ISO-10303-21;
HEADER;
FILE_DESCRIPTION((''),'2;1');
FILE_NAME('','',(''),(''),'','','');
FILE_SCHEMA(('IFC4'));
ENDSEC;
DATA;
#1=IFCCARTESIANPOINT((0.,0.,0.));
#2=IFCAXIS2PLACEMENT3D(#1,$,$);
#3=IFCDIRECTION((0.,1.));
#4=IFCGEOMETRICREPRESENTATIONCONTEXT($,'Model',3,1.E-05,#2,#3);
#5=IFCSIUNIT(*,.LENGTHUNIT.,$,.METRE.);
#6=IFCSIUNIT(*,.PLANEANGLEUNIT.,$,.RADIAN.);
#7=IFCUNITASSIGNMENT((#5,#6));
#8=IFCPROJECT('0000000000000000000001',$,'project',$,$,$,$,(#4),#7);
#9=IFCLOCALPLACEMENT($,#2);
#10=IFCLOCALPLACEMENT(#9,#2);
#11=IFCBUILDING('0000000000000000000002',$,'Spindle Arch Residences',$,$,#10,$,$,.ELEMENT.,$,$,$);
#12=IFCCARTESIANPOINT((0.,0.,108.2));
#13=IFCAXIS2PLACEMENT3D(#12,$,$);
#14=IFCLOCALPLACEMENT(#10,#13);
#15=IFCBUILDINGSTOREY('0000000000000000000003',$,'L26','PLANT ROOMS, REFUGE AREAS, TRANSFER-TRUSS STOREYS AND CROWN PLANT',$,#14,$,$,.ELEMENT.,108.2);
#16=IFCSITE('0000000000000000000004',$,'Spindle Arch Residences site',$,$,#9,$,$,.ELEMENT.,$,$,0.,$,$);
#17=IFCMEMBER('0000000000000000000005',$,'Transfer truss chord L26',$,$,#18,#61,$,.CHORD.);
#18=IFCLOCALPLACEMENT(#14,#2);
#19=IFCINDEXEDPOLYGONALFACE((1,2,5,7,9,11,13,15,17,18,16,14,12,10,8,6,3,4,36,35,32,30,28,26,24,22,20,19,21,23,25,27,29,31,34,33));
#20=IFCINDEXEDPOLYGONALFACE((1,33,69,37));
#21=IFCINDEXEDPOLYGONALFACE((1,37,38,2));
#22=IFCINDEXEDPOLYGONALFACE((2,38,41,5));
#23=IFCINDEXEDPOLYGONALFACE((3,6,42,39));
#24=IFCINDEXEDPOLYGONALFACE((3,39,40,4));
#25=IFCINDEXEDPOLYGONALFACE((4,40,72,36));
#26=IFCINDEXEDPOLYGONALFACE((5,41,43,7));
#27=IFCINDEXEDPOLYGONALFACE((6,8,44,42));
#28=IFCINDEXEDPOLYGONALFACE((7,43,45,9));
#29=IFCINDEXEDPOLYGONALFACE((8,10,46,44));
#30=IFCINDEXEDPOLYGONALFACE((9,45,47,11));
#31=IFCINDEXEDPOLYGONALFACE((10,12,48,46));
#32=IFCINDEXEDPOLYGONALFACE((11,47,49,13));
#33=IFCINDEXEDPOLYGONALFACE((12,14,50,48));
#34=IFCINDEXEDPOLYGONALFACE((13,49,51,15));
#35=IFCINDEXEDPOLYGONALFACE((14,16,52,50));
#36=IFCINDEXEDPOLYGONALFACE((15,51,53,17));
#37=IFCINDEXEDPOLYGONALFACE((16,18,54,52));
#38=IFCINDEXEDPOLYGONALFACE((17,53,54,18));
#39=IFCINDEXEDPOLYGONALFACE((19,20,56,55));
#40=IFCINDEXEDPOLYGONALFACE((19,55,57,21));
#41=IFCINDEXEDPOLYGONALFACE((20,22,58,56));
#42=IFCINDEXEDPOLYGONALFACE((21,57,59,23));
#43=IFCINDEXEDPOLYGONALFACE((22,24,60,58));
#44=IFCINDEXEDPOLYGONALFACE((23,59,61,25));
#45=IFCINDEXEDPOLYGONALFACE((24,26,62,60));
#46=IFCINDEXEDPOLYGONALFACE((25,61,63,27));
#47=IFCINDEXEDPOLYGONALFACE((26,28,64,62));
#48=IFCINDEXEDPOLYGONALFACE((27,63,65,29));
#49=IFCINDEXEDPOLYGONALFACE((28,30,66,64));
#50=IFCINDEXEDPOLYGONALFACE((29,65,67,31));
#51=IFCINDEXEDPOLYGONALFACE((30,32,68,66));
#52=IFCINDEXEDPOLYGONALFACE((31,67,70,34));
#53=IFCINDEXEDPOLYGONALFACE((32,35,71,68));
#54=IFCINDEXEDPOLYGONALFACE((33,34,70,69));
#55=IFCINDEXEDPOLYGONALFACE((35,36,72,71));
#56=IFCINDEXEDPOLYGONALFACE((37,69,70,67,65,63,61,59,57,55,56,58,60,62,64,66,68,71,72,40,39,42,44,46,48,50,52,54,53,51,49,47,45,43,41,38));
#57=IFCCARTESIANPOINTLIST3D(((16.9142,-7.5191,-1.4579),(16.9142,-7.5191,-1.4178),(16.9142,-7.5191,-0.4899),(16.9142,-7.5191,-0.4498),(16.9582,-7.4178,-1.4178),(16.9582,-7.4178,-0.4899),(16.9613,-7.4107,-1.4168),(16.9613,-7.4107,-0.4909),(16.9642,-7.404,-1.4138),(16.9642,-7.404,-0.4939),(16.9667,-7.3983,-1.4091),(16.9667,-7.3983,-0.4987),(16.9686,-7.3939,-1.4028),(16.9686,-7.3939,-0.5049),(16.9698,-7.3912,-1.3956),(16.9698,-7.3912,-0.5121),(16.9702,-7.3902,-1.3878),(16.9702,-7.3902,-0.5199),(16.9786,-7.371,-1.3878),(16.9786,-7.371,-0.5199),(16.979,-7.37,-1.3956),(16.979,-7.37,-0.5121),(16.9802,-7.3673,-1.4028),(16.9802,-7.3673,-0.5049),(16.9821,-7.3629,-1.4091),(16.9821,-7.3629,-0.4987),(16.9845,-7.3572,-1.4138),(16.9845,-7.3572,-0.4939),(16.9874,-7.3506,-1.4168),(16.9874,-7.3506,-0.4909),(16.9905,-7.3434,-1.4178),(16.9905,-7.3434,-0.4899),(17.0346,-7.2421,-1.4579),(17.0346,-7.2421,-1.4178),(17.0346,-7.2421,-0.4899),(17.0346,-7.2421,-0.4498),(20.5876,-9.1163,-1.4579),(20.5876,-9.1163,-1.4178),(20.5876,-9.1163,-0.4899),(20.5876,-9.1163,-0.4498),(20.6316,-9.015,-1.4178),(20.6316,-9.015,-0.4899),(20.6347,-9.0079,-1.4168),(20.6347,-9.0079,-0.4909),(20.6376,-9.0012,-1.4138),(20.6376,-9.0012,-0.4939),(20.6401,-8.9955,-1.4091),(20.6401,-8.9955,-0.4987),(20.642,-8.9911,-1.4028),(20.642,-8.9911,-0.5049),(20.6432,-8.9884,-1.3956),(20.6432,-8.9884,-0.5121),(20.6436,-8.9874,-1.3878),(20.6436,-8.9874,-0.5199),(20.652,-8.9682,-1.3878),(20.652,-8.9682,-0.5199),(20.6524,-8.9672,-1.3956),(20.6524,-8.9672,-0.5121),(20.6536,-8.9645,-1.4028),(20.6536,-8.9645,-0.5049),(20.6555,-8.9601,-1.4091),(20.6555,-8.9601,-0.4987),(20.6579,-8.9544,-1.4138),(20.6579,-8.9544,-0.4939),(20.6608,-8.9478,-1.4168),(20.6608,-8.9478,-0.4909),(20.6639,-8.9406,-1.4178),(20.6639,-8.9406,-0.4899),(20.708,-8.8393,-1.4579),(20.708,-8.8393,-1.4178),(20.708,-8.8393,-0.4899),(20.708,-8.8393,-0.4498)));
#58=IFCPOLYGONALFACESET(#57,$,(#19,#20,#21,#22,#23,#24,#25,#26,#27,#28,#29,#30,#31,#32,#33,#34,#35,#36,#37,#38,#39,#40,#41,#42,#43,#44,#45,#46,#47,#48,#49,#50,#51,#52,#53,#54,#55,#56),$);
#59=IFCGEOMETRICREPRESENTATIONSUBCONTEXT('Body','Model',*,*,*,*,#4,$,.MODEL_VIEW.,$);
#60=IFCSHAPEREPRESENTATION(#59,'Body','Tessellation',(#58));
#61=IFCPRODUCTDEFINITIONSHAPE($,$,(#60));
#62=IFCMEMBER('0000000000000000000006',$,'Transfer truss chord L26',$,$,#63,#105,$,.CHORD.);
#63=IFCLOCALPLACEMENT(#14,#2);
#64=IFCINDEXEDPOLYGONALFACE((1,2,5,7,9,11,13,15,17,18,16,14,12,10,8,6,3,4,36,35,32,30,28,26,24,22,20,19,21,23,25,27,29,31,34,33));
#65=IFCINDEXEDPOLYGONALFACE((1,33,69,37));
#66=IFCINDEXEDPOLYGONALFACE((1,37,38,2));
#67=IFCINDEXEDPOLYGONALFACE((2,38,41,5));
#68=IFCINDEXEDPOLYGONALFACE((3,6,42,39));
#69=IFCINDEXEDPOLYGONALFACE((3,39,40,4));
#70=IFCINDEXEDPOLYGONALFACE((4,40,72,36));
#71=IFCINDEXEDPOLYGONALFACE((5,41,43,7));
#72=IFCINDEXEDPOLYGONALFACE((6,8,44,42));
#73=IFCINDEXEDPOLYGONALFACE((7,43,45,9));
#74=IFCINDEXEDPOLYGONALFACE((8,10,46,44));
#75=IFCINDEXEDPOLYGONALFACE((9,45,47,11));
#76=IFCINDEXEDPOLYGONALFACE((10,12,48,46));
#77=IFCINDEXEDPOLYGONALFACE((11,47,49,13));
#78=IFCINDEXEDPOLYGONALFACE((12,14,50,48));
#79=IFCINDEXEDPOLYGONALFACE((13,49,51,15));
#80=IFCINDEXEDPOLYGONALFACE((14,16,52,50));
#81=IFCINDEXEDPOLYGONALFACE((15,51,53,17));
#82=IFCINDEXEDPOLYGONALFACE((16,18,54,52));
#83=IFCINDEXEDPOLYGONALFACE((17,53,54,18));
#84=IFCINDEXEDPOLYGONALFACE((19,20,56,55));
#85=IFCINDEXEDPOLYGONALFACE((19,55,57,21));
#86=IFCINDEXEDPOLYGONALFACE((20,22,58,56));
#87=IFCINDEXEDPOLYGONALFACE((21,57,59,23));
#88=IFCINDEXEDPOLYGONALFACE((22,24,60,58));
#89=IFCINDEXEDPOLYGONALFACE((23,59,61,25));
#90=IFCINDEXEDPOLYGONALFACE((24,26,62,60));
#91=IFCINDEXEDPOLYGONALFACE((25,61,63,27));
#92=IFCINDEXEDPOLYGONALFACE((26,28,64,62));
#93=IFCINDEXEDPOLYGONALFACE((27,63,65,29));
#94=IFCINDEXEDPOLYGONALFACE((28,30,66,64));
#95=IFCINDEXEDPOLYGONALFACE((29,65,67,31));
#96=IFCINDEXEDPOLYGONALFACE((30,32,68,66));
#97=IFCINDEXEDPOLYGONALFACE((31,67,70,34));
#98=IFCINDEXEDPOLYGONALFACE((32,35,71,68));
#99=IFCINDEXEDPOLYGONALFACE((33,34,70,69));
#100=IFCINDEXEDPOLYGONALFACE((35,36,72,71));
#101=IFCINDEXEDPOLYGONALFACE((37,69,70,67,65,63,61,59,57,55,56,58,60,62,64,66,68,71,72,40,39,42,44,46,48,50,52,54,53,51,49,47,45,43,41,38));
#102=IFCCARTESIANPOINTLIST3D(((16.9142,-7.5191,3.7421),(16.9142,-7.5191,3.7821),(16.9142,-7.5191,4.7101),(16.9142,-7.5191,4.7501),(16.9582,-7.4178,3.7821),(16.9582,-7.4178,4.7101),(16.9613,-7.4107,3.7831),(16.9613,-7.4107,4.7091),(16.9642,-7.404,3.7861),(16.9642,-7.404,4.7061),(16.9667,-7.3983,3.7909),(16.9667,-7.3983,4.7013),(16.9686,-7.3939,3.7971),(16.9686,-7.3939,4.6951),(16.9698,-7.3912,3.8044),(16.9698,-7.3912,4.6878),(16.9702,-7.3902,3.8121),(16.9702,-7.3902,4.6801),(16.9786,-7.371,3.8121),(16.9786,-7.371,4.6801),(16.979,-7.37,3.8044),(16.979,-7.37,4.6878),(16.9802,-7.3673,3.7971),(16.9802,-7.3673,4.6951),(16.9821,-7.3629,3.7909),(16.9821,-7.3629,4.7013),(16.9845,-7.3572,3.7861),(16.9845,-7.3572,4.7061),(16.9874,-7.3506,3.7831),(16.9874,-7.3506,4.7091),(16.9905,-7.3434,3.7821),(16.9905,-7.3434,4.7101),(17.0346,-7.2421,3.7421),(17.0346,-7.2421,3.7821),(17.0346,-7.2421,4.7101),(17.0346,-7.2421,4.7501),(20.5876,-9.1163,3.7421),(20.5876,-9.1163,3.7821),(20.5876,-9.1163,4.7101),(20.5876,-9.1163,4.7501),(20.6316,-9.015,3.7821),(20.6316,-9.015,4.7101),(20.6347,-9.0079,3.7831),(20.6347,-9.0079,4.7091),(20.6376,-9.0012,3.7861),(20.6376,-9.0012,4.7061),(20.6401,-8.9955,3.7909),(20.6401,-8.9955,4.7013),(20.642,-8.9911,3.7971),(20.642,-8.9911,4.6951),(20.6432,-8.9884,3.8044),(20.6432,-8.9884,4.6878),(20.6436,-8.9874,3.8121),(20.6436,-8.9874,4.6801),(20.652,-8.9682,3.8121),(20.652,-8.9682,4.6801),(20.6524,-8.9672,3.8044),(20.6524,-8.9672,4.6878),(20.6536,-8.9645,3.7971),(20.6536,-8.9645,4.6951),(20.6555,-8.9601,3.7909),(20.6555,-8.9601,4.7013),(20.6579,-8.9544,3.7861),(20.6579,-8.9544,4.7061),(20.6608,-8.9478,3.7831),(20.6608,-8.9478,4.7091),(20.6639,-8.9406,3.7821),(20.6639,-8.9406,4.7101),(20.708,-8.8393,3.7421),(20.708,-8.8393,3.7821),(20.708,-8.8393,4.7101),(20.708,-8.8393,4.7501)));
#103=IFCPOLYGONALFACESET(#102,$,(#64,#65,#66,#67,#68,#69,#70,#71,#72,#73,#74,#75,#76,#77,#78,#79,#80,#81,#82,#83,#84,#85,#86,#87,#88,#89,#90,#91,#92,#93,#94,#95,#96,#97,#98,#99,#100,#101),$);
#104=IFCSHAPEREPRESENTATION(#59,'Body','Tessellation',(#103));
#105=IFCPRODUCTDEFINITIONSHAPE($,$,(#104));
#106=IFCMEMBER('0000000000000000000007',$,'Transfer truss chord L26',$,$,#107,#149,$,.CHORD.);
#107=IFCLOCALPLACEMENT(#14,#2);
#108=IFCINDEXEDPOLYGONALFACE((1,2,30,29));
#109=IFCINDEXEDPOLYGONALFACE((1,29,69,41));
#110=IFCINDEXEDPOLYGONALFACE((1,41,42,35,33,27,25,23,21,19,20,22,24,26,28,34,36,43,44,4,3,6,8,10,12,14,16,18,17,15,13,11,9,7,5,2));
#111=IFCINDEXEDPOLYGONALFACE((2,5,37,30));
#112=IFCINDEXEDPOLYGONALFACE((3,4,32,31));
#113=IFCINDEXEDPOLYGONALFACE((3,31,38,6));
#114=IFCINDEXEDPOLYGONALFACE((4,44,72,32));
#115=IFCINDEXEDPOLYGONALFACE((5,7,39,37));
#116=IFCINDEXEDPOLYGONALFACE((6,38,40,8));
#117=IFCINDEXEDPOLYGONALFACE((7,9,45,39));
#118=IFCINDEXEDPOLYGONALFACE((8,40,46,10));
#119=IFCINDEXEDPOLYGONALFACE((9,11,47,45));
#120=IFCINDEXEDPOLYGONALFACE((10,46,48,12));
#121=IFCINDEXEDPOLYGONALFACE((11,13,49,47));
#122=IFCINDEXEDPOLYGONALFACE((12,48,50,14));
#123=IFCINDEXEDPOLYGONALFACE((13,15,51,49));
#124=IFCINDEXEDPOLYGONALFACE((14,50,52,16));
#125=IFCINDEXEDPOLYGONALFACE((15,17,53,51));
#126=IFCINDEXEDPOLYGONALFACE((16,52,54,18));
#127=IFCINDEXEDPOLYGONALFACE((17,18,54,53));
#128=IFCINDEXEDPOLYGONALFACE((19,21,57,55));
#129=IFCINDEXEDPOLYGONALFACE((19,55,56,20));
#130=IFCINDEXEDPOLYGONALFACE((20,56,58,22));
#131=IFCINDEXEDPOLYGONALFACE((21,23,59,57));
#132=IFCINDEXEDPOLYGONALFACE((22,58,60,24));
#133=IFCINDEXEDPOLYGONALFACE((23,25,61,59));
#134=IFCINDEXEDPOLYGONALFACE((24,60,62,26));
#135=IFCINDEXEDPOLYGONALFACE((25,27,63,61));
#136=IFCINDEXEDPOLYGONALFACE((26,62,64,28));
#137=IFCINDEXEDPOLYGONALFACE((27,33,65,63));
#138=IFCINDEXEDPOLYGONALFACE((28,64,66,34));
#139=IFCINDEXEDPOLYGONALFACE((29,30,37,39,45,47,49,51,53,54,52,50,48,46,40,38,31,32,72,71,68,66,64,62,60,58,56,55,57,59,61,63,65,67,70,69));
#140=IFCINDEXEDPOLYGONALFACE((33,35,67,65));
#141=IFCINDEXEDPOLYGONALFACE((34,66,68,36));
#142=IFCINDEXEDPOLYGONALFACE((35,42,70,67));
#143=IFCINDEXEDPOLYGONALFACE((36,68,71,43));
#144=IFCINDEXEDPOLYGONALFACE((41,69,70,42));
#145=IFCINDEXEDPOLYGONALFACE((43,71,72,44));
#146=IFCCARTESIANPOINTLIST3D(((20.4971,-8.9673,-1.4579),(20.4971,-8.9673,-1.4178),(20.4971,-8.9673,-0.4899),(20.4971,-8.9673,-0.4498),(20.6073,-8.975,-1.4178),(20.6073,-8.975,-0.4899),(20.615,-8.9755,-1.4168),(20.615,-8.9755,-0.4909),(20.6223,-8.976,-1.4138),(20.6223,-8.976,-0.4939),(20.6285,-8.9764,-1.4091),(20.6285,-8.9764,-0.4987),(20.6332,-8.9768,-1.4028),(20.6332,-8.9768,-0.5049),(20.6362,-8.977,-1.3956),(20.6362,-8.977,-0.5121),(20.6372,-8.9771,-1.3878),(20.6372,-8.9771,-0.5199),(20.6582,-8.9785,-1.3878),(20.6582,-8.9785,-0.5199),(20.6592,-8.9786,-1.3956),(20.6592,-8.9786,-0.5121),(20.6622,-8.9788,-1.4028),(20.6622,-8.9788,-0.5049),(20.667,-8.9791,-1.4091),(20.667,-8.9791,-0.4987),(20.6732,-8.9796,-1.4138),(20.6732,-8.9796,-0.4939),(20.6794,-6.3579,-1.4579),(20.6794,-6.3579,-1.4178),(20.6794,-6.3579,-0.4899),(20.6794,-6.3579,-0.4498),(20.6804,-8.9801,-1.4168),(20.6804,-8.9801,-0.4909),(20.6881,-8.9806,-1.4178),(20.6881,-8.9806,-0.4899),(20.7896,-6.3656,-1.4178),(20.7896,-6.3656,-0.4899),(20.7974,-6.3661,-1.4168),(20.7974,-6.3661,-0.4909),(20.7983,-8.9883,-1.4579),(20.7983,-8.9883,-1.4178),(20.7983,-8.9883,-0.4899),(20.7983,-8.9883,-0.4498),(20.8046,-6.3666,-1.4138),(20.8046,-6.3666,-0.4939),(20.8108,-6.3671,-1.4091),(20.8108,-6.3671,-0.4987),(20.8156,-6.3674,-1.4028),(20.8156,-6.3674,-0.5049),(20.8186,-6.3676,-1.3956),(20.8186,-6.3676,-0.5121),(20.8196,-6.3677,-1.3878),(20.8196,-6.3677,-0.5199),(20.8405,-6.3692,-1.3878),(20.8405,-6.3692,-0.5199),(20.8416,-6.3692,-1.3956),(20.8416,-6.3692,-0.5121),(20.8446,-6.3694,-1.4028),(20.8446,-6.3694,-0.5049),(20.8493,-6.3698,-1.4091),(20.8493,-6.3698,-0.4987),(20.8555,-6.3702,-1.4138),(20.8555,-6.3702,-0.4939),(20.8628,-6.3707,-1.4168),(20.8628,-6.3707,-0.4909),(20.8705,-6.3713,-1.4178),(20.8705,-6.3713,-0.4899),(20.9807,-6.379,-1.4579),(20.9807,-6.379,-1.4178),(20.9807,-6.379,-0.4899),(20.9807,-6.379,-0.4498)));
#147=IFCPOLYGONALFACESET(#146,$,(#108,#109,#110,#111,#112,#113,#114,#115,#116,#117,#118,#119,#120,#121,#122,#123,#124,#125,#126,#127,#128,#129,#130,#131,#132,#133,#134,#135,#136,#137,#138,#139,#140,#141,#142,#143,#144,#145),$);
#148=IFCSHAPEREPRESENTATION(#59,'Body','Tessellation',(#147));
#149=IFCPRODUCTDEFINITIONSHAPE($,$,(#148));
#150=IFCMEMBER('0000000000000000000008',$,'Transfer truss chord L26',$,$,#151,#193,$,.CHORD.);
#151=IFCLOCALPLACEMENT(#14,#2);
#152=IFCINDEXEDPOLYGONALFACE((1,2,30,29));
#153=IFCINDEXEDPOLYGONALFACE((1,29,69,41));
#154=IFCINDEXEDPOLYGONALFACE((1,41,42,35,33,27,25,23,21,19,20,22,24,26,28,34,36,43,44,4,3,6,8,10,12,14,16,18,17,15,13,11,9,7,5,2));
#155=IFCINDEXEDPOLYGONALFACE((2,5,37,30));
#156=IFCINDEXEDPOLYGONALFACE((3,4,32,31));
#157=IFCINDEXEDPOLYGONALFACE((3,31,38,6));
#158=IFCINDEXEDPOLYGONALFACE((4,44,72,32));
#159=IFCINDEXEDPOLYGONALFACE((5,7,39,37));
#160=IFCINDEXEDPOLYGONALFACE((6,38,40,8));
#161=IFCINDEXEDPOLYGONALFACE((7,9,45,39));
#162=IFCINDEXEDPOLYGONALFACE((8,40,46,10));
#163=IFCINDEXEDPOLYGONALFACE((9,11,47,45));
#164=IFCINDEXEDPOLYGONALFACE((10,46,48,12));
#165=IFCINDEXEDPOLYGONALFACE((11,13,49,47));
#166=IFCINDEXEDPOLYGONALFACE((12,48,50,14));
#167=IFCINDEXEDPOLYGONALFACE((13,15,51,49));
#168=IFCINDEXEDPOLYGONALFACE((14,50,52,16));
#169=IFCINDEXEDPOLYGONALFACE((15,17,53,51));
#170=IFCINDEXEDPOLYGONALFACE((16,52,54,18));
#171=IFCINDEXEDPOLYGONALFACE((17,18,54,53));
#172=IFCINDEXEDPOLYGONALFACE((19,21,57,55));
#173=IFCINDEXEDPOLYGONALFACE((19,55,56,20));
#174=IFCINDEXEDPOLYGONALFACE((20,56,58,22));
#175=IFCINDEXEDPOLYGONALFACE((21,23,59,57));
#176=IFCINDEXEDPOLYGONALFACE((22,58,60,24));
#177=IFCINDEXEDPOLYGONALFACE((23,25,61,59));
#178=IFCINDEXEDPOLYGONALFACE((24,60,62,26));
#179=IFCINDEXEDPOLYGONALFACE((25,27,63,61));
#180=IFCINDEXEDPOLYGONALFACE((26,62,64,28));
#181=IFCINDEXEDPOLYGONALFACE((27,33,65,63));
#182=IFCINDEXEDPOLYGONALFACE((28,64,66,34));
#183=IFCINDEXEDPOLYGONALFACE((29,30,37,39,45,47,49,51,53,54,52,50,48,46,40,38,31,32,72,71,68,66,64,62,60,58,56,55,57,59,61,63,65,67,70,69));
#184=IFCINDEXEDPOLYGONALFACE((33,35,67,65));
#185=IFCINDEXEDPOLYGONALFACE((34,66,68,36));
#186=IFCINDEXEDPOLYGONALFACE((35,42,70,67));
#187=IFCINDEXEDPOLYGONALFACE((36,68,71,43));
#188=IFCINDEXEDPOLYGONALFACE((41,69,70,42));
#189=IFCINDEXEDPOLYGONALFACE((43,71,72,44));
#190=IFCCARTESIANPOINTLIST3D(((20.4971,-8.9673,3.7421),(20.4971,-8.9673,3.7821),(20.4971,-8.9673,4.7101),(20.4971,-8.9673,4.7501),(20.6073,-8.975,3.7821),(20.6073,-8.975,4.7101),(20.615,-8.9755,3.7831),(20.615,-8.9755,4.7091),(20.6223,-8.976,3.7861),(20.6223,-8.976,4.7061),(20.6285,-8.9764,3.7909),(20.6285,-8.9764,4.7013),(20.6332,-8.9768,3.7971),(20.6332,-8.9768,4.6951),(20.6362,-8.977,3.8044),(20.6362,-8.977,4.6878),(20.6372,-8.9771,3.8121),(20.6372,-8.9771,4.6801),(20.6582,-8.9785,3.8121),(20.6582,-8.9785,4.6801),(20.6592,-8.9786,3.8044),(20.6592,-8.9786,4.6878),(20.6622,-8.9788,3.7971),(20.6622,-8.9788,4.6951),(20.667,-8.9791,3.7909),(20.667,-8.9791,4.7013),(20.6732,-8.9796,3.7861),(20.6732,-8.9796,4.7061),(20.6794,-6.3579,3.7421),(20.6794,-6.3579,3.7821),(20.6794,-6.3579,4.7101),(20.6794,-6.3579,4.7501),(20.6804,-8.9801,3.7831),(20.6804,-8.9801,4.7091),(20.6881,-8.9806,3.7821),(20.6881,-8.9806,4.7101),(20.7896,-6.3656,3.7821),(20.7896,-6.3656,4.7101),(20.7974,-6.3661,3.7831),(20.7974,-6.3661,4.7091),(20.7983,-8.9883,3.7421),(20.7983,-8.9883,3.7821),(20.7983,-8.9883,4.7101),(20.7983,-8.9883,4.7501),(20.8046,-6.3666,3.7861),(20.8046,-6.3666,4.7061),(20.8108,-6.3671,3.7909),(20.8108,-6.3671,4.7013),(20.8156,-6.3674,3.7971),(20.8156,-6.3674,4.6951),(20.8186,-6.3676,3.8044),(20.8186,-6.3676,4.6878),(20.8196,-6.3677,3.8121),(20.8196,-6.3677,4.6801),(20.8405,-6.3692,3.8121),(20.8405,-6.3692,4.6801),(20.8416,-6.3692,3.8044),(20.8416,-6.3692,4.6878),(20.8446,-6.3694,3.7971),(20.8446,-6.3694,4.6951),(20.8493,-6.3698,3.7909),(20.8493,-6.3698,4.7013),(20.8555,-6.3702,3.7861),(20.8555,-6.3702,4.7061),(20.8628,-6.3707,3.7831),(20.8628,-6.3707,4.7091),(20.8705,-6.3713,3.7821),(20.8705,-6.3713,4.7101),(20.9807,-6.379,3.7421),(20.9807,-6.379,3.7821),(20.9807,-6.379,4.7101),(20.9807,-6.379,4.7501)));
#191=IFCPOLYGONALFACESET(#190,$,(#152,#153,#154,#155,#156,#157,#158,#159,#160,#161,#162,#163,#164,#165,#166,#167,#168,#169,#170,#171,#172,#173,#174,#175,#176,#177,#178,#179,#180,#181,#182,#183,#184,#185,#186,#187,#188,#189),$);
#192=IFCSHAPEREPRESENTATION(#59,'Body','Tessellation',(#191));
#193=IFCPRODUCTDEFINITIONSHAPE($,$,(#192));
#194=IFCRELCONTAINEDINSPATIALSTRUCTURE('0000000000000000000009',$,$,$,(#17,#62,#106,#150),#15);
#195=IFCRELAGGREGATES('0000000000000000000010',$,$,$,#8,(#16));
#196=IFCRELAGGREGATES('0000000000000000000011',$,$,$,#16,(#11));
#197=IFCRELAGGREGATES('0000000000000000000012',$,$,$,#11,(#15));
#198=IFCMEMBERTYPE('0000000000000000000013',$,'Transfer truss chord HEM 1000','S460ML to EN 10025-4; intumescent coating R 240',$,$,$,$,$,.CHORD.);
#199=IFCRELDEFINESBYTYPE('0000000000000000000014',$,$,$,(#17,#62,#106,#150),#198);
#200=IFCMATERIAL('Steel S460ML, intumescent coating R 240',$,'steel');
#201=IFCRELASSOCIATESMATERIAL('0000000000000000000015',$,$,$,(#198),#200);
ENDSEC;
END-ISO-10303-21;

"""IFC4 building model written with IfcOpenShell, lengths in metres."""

from ifc_helpers import new_model, si_unit, direction, frame, origin, origin_2d, place, context, subcontext, project, spatial, i_section, extrude, material, material_profile, profile_set, type_object, element, save


model = new_model("IFC4")

# Units and contexts
model_context = context("Model", 3, precision=1e-05, world=origin(), true_north=direction((0.0, 1.0)))
body_context = subcontext(model_context, "Body", "Model", "MODEL_VIEW")
ifc_project = project(units=[si_unit("LENGTHUNIT", "METRE"), si_unit("PLANEANGLEUNIT", "RADIAN")], contexts=[model_context])

# Site, building, storey
site_placement = place(None, origin())
site = spatial("IfcSite", under=ifc_project, at=site_placement, Name="Spindle Arch Residences site", CompositionType="ELEMENT", RefElevation=0.0)
building_placement = place(site_placement, origin())
building = spatial("IfcBuilding", under=site, at=building_placement, Name="Spindle Arch Residences", CompositionType="ELEMENT")
storey_placement = place(building_placement, frame((0.0, 0.0, 108.2)))
storey = spatial("IfcBuildingStorey", under=building, at=storey_placement, Name="L26", Description="PLANT ROOMS, REFUGE AREAS, TRANSFER-TRUSS STOREYS AND CROWN PLANT", CompositionType="ELEMENT", Elevation=108.2)

# Members
ifc_material_1 = material(Name="Steel S460ML, intumescent coating R 240", Category="steel")
ifc_material_profile_1 = material_profile(ifc_material_1, i_section(OverallWidth=0.302, OverallDepth=1.0081, WebThickness=0.021, FlangeThickness=0.04, FilletRadius=0.03, at=origin_2d()), Name="HEM 1000")
ifc_profile_set_1 = profile_set([ifc_material_profile_1], Name="Steel S460ML, intumescent coating R 240")
member_type_1 = type_object("IfcMemberType", Name="Transfer truss chord HEM 1000", Description="S460ML to EN 10025-4; intumescent coating R 240", PredefinedType="CHORD", material=ifc_profile_set_1)
for number, where, z_axis, x_axis, name in (
    (1, (16.9744, -7.3806, -0.9539), (0.917064, -0.398739, 0.0), (0.398739, 0.917064, 0.0), "Transfer truss chord L26"),
    (2, (16.9744, -7.3806, 4.2461), (0.917064, -0.398739, 0.0), (0.398739, 0.917064, 0.0), "Transfer truss chord L26"),
):
    element("IfcMember", number, at=place(storey_placement, frame(where, z_axis=z_axis, x_axis=x_axis)), inside=storey, type_object=member_type_1, Name=name, PredefinedType="CHORD", context=body_context, shape_type="SweptSolid", body=[
        extrude(i_section(OverallWidth=0.302, OverallDepth=1.0081, WebThickness=0.021, FlangeThickness=0.04, FilletRadius=0.03, at=origin_2d()), origin(), (0.0, 0.0, 1.0), 4.0056),
    ])
for number, where, z_axis, x_axis, name in (
    (3, (20.6477, -8.9778, -0.9539), (0.069721, 0.997567, 0.0), (-0.997567, 0.069721, 0.0), "Transfer truss chord L26"),
    (4, (20.6477, -8.9778, 4.2461), (0.069721, 0.997567, 0.0), (-0.997567, 0.069721, 0.0), "Transfer truss chord L26"),
):
    element("IfcMember", number, at=place(storey_placement, frame(where, z_axis=z_axis, x_axis=x_axis)), inside=storey, type_object=member_type_1, Name=name, PredefinedType="CHORD", context=body_context, shape_type="SweptSolid", body=[
        extrude(i_section(OverallWidth=0.302, OverallDepth=1.0081, WebThickness=0.021, FlangeThickness=0.04, FilletRadius=0.03, at=origin_2d()), origin(), (0.0, 0.0, 1.0), 2.6157),
    ])

save(model, "model.ifc")
